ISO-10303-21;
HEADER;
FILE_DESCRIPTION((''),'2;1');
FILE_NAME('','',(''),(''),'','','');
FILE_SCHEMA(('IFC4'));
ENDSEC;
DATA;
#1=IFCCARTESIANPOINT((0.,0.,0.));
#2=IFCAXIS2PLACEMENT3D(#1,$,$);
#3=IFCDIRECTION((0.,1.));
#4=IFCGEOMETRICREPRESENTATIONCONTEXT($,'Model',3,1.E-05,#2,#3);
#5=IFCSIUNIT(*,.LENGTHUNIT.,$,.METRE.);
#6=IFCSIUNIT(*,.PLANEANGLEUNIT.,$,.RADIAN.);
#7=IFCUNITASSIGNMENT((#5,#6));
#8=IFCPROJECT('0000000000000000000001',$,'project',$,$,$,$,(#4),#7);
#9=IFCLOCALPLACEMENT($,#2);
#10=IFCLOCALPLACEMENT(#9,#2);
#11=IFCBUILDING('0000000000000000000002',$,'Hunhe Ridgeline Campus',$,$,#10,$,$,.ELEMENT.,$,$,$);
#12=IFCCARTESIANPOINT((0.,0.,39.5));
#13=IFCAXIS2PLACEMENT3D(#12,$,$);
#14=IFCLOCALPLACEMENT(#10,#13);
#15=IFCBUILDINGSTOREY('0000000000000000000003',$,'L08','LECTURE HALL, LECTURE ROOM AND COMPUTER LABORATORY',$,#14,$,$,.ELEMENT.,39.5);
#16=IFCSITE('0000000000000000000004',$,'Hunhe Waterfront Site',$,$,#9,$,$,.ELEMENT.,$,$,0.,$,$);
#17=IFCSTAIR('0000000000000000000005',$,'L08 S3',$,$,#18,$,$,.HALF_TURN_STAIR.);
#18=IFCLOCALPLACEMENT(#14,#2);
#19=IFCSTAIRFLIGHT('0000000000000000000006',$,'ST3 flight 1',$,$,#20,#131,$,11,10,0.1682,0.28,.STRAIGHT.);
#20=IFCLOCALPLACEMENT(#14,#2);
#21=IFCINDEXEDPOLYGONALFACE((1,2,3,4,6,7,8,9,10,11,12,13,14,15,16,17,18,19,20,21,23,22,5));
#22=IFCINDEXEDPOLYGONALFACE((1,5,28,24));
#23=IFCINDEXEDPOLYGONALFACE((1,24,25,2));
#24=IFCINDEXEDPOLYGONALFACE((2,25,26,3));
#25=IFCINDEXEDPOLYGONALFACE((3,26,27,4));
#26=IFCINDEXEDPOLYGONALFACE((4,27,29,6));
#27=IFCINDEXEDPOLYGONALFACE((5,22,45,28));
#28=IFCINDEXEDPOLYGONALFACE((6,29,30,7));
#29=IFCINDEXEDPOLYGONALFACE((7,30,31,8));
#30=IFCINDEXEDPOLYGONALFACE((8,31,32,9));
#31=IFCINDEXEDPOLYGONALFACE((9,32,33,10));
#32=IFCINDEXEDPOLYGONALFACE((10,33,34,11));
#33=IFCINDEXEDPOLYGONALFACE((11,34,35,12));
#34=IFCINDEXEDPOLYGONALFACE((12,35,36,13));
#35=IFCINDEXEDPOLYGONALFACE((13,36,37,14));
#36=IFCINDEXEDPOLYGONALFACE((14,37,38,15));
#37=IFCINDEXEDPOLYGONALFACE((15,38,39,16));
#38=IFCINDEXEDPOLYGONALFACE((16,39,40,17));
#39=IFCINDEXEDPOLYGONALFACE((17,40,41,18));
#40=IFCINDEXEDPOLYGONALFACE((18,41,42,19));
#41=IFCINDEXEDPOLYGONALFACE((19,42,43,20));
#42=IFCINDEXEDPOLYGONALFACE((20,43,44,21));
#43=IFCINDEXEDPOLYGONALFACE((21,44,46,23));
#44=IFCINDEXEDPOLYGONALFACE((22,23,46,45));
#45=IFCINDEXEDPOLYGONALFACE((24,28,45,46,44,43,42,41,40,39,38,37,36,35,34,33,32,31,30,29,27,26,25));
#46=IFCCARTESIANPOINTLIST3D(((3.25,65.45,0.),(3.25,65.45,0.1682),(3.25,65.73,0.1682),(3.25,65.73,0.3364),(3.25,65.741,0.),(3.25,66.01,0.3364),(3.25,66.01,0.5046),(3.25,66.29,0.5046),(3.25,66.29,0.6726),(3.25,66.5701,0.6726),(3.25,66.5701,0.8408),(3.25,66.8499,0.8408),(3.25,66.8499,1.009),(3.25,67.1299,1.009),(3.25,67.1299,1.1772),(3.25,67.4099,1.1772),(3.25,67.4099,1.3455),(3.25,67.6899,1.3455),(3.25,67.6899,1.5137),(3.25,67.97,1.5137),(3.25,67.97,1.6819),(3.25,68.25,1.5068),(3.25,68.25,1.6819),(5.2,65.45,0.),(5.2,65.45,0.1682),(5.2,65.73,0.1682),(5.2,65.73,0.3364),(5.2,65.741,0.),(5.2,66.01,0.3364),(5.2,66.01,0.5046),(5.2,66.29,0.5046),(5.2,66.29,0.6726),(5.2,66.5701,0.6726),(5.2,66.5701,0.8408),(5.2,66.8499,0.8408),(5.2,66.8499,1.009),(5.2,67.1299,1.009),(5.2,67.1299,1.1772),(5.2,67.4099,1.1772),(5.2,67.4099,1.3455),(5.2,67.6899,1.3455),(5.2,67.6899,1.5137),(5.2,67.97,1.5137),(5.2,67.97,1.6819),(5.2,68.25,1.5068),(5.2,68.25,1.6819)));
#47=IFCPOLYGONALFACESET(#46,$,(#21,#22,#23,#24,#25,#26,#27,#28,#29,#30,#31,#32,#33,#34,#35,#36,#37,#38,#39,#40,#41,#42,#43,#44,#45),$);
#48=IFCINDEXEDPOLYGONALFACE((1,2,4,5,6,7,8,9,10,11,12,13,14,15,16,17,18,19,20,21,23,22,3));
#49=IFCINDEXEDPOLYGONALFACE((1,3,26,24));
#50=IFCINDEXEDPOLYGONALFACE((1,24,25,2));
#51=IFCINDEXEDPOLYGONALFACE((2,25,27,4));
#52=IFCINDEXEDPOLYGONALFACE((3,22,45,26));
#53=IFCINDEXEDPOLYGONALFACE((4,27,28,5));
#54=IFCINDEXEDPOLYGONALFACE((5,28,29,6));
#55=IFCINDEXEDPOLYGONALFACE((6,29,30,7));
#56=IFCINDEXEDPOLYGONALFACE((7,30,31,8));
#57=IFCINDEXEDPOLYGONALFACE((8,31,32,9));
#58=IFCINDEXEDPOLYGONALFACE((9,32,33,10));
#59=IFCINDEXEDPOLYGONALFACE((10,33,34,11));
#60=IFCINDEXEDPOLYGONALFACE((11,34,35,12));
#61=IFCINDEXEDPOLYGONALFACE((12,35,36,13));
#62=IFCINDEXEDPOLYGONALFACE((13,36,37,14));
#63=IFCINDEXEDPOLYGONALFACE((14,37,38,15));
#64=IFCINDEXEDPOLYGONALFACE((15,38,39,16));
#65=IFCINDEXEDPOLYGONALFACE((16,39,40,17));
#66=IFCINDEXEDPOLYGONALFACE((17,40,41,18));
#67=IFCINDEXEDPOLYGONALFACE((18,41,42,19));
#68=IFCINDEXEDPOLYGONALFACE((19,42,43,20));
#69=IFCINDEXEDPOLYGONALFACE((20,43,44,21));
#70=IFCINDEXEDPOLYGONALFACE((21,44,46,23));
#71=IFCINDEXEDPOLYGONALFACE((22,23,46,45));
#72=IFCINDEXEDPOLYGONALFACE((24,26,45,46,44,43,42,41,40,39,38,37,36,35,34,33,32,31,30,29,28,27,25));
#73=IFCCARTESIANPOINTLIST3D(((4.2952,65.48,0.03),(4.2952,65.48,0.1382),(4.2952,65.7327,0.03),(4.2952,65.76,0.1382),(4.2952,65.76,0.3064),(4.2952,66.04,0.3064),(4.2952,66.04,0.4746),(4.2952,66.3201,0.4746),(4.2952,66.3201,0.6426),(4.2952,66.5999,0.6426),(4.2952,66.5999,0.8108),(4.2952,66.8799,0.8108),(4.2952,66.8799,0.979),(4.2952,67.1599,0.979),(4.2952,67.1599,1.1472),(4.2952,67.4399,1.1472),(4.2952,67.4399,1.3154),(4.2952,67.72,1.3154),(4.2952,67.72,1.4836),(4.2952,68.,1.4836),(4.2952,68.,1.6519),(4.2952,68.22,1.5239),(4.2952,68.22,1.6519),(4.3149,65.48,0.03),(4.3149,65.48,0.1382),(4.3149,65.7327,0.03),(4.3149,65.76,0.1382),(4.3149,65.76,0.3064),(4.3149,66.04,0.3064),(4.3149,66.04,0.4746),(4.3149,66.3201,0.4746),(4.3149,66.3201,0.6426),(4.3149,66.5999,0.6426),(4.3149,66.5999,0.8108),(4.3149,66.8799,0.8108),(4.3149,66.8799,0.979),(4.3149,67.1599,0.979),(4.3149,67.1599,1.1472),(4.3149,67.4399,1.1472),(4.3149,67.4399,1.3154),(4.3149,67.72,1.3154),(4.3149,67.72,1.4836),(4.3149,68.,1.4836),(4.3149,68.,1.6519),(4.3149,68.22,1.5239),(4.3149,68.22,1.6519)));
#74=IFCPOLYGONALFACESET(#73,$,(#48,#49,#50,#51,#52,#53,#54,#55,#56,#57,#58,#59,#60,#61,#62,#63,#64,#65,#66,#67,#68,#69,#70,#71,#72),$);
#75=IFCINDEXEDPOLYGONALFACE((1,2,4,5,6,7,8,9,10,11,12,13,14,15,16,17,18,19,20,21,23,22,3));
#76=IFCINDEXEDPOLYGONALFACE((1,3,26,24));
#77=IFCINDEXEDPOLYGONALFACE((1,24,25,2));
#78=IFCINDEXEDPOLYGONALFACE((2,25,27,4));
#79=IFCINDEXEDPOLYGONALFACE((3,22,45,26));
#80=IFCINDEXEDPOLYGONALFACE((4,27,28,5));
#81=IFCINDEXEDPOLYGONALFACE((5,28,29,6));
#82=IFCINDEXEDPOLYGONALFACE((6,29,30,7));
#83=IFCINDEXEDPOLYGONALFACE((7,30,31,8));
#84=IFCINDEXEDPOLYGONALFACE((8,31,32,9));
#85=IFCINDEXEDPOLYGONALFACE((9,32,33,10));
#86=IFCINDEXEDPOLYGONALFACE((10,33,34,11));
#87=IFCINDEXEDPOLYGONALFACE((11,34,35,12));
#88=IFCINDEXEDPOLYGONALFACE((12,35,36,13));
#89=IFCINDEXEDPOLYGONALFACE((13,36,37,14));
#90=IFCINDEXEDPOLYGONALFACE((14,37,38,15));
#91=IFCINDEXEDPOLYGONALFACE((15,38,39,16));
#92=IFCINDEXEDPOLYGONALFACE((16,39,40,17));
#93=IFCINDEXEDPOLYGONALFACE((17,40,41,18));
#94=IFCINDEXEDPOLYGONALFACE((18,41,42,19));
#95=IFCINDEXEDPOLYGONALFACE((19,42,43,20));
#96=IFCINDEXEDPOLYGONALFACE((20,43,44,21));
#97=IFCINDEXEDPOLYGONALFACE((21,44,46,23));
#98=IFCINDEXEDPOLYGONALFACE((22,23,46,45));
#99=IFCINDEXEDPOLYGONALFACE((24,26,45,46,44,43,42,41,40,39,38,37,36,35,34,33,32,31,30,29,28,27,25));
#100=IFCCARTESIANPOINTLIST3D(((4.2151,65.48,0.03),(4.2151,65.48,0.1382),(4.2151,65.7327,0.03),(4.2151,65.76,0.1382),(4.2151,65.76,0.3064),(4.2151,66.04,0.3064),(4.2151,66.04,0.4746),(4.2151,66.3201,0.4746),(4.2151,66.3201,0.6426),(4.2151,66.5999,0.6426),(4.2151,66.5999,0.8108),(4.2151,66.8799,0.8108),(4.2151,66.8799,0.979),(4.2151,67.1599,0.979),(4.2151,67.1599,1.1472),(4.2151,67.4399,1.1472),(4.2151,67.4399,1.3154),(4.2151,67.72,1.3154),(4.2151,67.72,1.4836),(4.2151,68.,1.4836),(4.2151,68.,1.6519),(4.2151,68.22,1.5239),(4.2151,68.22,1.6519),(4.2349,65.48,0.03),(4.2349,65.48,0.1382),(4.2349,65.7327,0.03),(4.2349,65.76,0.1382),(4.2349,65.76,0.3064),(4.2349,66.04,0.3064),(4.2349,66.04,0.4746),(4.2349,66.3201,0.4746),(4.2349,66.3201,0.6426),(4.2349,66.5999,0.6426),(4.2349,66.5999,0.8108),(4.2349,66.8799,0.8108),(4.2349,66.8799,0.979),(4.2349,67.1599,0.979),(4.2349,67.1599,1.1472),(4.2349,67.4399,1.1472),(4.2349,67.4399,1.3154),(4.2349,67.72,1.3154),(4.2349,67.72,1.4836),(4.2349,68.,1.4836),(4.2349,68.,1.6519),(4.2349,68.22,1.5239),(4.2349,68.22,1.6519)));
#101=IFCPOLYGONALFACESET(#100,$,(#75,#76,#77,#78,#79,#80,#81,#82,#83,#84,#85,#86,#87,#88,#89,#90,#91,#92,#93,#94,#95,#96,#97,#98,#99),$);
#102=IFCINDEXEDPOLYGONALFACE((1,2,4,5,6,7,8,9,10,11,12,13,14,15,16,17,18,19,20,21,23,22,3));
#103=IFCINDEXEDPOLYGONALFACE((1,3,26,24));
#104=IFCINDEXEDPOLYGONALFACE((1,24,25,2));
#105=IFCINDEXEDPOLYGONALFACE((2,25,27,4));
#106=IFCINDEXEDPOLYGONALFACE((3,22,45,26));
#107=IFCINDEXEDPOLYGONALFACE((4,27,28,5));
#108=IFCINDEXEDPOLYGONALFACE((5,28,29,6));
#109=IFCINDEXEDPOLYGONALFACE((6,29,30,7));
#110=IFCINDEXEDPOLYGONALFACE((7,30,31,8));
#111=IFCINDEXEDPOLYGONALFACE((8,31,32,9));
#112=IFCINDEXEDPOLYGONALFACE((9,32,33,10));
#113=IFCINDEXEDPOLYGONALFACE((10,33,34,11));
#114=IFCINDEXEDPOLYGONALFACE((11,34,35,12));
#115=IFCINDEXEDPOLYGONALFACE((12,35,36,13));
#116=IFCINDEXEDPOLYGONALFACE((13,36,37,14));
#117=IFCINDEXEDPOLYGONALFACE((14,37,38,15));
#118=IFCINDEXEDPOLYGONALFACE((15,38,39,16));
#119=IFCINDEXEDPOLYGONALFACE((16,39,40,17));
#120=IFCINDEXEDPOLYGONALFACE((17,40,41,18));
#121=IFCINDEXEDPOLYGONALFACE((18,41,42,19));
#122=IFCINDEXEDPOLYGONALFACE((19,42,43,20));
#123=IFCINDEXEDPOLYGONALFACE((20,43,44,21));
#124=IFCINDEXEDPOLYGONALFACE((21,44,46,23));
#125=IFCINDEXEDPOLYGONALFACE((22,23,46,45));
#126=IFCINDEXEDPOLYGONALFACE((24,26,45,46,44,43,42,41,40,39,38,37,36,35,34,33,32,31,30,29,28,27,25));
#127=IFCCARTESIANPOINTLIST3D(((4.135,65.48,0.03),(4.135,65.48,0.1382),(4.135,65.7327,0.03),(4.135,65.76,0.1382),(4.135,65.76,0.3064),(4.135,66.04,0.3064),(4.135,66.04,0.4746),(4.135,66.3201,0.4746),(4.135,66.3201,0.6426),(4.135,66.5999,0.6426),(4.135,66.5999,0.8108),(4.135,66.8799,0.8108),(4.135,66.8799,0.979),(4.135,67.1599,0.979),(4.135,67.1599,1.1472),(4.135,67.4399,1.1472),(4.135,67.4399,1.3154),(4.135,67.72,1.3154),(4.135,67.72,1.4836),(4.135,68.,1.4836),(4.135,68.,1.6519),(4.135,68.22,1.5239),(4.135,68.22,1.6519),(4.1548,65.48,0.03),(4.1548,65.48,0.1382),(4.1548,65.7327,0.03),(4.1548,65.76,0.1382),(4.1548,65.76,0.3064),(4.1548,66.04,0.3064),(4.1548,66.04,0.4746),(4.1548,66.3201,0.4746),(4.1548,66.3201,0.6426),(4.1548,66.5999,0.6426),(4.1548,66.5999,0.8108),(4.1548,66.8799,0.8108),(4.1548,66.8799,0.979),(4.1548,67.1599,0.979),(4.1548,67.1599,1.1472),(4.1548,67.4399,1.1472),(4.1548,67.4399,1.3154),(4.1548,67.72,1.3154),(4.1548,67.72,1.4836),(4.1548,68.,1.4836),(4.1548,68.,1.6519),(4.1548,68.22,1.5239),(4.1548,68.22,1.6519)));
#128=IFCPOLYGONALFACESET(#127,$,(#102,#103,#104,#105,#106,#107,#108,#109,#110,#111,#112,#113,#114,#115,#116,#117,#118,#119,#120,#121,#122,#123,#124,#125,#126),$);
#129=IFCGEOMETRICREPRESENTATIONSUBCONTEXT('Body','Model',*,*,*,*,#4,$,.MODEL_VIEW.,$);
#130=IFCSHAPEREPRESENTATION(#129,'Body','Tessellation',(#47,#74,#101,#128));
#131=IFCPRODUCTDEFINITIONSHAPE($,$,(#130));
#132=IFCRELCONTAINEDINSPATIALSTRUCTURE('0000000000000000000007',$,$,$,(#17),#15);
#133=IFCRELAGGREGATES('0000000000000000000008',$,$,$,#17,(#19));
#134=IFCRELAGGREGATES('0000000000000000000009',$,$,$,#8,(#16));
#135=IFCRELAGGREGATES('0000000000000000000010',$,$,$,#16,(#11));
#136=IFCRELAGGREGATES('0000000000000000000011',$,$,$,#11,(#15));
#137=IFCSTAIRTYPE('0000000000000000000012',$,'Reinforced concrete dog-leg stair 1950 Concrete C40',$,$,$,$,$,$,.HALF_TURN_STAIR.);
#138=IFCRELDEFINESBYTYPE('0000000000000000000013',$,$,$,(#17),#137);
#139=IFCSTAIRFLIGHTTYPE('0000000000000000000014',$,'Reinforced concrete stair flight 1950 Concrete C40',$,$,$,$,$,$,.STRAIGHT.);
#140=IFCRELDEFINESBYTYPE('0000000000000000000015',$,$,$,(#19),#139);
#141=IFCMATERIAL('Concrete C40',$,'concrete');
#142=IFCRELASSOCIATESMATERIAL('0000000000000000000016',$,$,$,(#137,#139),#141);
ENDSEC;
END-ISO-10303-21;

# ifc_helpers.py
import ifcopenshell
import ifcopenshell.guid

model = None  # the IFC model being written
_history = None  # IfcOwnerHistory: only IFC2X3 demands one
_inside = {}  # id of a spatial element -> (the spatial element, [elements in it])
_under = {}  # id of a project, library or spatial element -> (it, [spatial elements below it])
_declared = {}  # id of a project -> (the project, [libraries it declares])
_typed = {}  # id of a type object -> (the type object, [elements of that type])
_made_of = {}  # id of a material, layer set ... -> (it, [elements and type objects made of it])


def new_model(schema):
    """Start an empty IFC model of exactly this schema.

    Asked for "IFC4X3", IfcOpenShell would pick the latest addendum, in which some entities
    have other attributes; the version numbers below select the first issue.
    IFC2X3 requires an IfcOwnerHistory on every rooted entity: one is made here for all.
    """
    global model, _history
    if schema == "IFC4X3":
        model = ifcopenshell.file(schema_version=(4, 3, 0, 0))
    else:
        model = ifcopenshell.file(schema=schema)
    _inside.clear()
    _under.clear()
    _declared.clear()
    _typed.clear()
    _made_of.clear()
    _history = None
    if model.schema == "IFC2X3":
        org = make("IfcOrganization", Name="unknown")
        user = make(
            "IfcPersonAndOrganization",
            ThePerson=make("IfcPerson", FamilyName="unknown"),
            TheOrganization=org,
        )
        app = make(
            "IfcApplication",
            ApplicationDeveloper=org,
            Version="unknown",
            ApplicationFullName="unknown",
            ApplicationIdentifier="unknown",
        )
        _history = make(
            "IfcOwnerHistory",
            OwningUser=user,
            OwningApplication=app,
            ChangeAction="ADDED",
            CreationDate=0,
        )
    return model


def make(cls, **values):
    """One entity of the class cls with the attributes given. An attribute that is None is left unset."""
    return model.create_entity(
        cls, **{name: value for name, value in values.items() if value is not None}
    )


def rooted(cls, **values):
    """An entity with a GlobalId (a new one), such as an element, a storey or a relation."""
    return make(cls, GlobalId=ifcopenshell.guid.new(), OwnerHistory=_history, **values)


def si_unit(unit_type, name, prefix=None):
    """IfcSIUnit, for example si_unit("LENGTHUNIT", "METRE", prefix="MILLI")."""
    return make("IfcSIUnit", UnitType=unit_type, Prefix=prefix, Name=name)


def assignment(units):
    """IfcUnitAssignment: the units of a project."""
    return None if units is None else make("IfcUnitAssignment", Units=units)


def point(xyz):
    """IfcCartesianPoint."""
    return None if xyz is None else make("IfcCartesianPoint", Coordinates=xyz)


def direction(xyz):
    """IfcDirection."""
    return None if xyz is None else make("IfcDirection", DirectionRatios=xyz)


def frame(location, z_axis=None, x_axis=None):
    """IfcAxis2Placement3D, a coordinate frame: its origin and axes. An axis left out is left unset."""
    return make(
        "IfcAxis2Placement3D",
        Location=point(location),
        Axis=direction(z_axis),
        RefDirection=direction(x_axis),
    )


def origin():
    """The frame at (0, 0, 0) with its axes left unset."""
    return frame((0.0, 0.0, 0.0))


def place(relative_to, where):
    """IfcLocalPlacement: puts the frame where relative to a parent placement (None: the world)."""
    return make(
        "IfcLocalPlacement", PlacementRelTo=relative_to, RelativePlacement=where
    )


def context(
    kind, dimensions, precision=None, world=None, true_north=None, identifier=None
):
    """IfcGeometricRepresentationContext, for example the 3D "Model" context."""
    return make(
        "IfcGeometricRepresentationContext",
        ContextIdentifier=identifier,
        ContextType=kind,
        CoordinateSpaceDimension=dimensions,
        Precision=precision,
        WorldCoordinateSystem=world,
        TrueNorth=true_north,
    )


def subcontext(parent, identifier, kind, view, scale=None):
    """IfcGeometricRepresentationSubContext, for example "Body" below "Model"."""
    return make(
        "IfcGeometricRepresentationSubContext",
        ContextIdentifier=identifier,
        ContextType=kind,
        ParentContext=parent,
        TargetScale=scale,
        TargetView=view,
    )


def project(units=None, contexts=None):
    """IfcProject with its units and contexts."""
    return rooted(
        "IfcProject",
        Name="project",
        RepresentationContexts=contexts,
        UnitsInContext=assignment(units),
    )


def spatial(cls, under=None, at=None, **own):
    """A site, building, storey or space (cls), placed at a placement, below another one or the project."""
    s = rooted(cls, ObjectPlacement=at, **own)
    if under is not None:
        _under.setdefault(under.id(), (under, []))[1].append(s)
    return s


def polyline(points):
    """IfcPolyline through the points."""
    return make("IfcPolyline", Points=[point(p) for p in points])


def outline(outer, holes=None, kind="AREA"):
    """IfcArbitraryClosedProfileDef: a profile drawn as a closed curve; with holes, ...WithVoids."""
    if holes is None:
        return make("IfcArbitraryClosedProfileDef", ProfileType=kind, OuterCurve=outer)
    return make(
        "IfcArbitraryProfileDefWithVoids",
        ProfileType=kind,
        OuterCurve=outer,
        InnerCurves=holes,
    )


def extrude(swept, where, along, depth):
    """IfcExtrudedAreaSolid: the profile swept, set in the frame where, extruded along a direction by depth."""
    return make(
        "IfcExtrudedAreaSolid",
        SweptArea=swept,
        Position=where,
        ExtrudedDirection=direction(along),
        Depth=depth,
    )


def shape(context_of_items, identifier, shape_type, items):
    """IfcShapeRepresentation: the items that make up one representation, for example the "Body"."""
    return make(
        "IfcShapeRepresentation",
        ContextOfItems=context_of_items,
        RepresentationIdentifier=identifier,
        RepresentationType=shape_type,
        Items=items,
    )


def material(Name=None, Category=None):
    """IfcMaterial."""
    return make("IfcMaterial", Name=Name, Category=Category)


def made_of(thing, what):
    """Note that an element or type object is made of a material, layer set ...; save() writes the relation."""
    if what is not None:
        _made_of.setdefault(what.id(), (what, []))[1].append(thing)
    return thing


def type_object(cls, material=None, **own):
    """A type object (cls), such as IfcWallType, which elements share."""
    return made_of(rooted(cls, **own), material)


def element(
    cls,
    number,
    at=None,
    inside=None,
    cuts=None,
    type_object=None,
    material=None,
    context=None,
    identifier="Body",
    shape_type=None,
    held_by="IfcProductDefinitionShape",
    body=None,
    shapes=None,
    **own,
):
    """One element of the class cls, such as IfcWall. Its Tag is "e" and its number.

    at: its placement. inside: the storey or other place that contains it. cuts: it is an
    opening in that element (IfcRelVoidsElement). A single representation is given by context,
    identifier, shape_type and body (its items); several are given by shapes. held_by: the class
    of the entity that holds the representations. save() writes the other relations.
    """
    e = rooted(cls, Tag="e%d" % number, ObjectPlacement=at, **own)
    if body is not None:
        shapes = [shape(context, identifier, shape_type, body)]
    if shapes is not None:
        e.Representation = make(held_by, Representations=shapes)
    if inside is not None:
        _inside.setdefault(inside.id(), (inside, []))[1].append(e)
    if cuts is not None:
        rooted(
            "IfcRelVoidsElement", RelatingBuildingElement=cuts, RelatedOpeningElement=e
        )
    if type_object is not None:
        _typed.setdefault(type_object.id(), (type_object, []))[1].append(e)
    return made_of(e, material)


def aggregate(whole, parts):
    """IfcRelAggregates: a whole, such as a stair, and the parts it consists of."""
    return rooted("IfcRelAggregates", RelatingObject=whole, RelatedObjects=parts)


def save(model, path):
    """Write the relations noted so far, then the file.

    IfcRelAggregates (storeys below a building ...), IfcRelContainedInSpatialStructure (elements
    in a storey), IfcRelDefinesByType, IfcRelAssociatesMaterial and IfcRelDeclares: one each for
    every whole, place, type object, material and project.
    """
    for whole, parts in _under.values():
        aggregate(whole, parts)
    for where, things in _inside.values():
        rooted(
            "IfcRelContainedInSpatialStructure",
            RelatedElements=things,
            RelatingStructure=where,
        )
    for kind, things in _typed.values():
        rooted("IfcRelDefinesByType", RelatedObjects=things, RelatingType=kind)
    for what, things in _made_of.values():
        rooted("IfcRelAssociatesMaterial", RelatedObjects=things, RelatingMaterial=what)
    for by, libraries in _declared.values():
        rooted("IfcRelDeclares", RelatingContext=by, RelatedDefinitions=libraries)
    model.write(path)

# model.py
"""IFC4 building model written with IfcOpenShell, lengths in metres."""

from ifc_helpers import new_model, si_unit, direction, frame, origin, place, context, subcontext, project, spatial, polyline, outline, extrude, material, type_object, element, aggregate, save


model = new_model("IFC4")

# Units and contexts
model_context = context("Model", 3, precision=1e-05, world=origin(), true_north=direction((0.0, 1.0)))
body_context = subcontext(model_context, "Body", "Model", "MODEL_VIEW")
ifc_project = project(units=[si_unit("LENGTHUNIT", "METRE"), si_unit("PLANEANGLEUNIT", "RADIAN")], contexts=[model_context])

# Site, building, storey
site_placement = place(None, origin())
site = spatial("IfcSite", under=ifc_project, at=site_placement, Name="Hunhe Waterfront Site", CompositionType="ELEMENT", RefElevation=0.0)
building_placement = place(site_placement, origin())
building = spatial("IfcBuilding", under=site, at=building_placement, Name="Hunhe Ridgeline Campus", CompositionType="ELEMENT")
storey_placement = place(building_placement, frame((0.0, 0.0, 39.5)))
storey = spatial("IfcBuildingStorey", under=building, at=storey_placement, Name="L08", Description="LECTURE HALL, LECTURE ROOM AND COMPUTER LABORATORY", CompositionType="ELEMENT", Elevation=39.5)

# Stair, stair flight
ifc_material_1 = material(Name="Concrete C40", Category="concrete")
stair_type = type_object("IfcStairType", Name="Reinforced concrete dog-leg stair 1950 Concrete C40", PredefinedType="HALF_TURN_STAIR", material=ifc_material_1)
stair_1_placement = place(storey_placement, origin())
stair_1 = element("IfcStair", 1, at=stair_1_placement, inside=storey, type_object=stair_type, Name="L08 S3", PredefinedType="HALF_TURN_STAIR")
stair_flight_type = type_object("IfcStairFlightType", Name="Reinforced concrete stair flight 1950 Concrete C40", PredefinedType="STRAIGHT", material=ifc_material_1)
stair_flight_1_placement = place(storey_placement, frame((4.2251, 65.45, 0.0), z_axis=(0.0, 0.0, 1.0), x_axis=(0.0, 1.0, 0.0)))
stair_flight_1 = element("IfcStairFlight", 2, at=stair_flight_1_placement, type_object=stair_flight_type, Name="ST3 flight 1", NumberOfRisers=11, NumberOfTreads=10, PredefinedType="STRAIGHT", RiserHeight=0.1682, TreadLength=0.28, context=body_context, shape_type="SweptSolid", body=[
    extrude(outline(polyline([(0.0, 0.0), (0.0, 0.1682), (0.28, 0.1682), (0.28, 0.3364), (0.5601, 0.3364), (0.5601, 0.5046), (0.8401, 0.5046), (0.8401, 0.6726), (1.1201, 0.6726), (1.1201, 0.8408), (1.3999, 0.8408), (1.3999, 1.009), (1.6799, 1.009), (1.6799, 1.1772), (1.96, 1.1772), (1.96, 1.3455), (2.24, 1.3455), (2.24, 1.5137), (2.52, 1.5137), (2.52, 1.6819), (2.8, 1.6819), (2.8, 1.8501), (2.8, 1.5068), (0.291, 0.0), (0.0, 0.0)])), frame((0.0, 0.9751, 0.0), z_axis=(0.0, -1.0, 0.0), x_axis=(1.0, 0.0, 0.0)), (0.0, 0.0, 1.0), 1.95),
    extrude(outline(polyline([(0.03, 0.03), (0.03, 0.1382), (0.3101, 0.1382), (0.3101, 0.3064), (0.5901, 0.3064), (0.5901, 0.4746), (0.8701, 0.4746), (0.8701, 0.6426), (1.1499, 0.6426), (1.1499, 0.8108), (1.4299, 0.8108), (1.4299, 0.979), (1.71, 0.979), (1.71, 1.1472), (1.99, 1.1472), (1.99, 1.3154), (2.27, 1.3154), (2.27, 1.4836), (2.55, 1.4836), (2.55, 1.6519), (2.77, 1.6519), (2.77, 1.5239), (0.2827, 0.03), (0.03, 0.03)])), frame((0.0, -0.0701, 0.0), z_axis=(0.0, -1.0, 0.0), x_axis=(1.0, 0.0, 0.0)), (0.0, 0.0, 1.0), 0.0198),
    extrude(outline(polyline([(0.03, 0.03), (0.03, 0.1382), (0.3101, 0.1382), (0.3101, 0.3064), (0.5901, 0.3064), (0.5901, 0.4746), (0.8701, 0.4746), (0.8701, 0.6426), (1.1499, 0.6426), (1.1499, 0.8108), (1.4299, 0.8108), (1.4299, 0.979), (1.71, 0.979), (1.71, 1.1472), (1.99, 1.1472), (1.99, 1.3154), (2.27, 1.3154), (2.27, 1.4836), (2.55, 1.4836), (2.55, 1.6519), (2.77, 1.6519), (2.77, 1.5239), (0.2827, 0.03), (0.03, 0.03)])), frame((0.0, 0.01, 0.0), z_axis=(0.0, -1.0, 0.0), x_axis=(1.0, 0.0, 0.0)), (0.0, 0.0, 1.0), 0.0198),
    extrude(outline(polyline([(0.03, 0.03), (0.03, 0.1382), (0.3101, 0.1382), (0.3101, 0.3064), (0.5901, 0.3064), (0.5901, 0.4746), (0.8701, 0.4746), (0.8701, 0.6426), (1.1499, 0.6426), (1.1499, 0.8108), (1.4299, 0.8108), (1.4299, 0.979), (1.71, 0.979), (1.71, 1.1472), (1.99, 1.1472), (1.99, 1.3154), (2.27, 1.3154), (2.27, 1.4836), (2.55, 1.4836), (2.55, 1.6519), (2.77, 1.6519), (2.77, 1.5239), (0.2827, 0.03), (0.03, 0.03)])), frame((0.0, 0.0901, 0.0), z_axis=(0.0, -1.0, 0.0), x_axis=(1.0, 0.0, 0.0)), (0.0, 0.0, 1.0), 0.0198),
])
aggregate(stair_1, [stair_flight_1])

save(model, "model.ifc")
